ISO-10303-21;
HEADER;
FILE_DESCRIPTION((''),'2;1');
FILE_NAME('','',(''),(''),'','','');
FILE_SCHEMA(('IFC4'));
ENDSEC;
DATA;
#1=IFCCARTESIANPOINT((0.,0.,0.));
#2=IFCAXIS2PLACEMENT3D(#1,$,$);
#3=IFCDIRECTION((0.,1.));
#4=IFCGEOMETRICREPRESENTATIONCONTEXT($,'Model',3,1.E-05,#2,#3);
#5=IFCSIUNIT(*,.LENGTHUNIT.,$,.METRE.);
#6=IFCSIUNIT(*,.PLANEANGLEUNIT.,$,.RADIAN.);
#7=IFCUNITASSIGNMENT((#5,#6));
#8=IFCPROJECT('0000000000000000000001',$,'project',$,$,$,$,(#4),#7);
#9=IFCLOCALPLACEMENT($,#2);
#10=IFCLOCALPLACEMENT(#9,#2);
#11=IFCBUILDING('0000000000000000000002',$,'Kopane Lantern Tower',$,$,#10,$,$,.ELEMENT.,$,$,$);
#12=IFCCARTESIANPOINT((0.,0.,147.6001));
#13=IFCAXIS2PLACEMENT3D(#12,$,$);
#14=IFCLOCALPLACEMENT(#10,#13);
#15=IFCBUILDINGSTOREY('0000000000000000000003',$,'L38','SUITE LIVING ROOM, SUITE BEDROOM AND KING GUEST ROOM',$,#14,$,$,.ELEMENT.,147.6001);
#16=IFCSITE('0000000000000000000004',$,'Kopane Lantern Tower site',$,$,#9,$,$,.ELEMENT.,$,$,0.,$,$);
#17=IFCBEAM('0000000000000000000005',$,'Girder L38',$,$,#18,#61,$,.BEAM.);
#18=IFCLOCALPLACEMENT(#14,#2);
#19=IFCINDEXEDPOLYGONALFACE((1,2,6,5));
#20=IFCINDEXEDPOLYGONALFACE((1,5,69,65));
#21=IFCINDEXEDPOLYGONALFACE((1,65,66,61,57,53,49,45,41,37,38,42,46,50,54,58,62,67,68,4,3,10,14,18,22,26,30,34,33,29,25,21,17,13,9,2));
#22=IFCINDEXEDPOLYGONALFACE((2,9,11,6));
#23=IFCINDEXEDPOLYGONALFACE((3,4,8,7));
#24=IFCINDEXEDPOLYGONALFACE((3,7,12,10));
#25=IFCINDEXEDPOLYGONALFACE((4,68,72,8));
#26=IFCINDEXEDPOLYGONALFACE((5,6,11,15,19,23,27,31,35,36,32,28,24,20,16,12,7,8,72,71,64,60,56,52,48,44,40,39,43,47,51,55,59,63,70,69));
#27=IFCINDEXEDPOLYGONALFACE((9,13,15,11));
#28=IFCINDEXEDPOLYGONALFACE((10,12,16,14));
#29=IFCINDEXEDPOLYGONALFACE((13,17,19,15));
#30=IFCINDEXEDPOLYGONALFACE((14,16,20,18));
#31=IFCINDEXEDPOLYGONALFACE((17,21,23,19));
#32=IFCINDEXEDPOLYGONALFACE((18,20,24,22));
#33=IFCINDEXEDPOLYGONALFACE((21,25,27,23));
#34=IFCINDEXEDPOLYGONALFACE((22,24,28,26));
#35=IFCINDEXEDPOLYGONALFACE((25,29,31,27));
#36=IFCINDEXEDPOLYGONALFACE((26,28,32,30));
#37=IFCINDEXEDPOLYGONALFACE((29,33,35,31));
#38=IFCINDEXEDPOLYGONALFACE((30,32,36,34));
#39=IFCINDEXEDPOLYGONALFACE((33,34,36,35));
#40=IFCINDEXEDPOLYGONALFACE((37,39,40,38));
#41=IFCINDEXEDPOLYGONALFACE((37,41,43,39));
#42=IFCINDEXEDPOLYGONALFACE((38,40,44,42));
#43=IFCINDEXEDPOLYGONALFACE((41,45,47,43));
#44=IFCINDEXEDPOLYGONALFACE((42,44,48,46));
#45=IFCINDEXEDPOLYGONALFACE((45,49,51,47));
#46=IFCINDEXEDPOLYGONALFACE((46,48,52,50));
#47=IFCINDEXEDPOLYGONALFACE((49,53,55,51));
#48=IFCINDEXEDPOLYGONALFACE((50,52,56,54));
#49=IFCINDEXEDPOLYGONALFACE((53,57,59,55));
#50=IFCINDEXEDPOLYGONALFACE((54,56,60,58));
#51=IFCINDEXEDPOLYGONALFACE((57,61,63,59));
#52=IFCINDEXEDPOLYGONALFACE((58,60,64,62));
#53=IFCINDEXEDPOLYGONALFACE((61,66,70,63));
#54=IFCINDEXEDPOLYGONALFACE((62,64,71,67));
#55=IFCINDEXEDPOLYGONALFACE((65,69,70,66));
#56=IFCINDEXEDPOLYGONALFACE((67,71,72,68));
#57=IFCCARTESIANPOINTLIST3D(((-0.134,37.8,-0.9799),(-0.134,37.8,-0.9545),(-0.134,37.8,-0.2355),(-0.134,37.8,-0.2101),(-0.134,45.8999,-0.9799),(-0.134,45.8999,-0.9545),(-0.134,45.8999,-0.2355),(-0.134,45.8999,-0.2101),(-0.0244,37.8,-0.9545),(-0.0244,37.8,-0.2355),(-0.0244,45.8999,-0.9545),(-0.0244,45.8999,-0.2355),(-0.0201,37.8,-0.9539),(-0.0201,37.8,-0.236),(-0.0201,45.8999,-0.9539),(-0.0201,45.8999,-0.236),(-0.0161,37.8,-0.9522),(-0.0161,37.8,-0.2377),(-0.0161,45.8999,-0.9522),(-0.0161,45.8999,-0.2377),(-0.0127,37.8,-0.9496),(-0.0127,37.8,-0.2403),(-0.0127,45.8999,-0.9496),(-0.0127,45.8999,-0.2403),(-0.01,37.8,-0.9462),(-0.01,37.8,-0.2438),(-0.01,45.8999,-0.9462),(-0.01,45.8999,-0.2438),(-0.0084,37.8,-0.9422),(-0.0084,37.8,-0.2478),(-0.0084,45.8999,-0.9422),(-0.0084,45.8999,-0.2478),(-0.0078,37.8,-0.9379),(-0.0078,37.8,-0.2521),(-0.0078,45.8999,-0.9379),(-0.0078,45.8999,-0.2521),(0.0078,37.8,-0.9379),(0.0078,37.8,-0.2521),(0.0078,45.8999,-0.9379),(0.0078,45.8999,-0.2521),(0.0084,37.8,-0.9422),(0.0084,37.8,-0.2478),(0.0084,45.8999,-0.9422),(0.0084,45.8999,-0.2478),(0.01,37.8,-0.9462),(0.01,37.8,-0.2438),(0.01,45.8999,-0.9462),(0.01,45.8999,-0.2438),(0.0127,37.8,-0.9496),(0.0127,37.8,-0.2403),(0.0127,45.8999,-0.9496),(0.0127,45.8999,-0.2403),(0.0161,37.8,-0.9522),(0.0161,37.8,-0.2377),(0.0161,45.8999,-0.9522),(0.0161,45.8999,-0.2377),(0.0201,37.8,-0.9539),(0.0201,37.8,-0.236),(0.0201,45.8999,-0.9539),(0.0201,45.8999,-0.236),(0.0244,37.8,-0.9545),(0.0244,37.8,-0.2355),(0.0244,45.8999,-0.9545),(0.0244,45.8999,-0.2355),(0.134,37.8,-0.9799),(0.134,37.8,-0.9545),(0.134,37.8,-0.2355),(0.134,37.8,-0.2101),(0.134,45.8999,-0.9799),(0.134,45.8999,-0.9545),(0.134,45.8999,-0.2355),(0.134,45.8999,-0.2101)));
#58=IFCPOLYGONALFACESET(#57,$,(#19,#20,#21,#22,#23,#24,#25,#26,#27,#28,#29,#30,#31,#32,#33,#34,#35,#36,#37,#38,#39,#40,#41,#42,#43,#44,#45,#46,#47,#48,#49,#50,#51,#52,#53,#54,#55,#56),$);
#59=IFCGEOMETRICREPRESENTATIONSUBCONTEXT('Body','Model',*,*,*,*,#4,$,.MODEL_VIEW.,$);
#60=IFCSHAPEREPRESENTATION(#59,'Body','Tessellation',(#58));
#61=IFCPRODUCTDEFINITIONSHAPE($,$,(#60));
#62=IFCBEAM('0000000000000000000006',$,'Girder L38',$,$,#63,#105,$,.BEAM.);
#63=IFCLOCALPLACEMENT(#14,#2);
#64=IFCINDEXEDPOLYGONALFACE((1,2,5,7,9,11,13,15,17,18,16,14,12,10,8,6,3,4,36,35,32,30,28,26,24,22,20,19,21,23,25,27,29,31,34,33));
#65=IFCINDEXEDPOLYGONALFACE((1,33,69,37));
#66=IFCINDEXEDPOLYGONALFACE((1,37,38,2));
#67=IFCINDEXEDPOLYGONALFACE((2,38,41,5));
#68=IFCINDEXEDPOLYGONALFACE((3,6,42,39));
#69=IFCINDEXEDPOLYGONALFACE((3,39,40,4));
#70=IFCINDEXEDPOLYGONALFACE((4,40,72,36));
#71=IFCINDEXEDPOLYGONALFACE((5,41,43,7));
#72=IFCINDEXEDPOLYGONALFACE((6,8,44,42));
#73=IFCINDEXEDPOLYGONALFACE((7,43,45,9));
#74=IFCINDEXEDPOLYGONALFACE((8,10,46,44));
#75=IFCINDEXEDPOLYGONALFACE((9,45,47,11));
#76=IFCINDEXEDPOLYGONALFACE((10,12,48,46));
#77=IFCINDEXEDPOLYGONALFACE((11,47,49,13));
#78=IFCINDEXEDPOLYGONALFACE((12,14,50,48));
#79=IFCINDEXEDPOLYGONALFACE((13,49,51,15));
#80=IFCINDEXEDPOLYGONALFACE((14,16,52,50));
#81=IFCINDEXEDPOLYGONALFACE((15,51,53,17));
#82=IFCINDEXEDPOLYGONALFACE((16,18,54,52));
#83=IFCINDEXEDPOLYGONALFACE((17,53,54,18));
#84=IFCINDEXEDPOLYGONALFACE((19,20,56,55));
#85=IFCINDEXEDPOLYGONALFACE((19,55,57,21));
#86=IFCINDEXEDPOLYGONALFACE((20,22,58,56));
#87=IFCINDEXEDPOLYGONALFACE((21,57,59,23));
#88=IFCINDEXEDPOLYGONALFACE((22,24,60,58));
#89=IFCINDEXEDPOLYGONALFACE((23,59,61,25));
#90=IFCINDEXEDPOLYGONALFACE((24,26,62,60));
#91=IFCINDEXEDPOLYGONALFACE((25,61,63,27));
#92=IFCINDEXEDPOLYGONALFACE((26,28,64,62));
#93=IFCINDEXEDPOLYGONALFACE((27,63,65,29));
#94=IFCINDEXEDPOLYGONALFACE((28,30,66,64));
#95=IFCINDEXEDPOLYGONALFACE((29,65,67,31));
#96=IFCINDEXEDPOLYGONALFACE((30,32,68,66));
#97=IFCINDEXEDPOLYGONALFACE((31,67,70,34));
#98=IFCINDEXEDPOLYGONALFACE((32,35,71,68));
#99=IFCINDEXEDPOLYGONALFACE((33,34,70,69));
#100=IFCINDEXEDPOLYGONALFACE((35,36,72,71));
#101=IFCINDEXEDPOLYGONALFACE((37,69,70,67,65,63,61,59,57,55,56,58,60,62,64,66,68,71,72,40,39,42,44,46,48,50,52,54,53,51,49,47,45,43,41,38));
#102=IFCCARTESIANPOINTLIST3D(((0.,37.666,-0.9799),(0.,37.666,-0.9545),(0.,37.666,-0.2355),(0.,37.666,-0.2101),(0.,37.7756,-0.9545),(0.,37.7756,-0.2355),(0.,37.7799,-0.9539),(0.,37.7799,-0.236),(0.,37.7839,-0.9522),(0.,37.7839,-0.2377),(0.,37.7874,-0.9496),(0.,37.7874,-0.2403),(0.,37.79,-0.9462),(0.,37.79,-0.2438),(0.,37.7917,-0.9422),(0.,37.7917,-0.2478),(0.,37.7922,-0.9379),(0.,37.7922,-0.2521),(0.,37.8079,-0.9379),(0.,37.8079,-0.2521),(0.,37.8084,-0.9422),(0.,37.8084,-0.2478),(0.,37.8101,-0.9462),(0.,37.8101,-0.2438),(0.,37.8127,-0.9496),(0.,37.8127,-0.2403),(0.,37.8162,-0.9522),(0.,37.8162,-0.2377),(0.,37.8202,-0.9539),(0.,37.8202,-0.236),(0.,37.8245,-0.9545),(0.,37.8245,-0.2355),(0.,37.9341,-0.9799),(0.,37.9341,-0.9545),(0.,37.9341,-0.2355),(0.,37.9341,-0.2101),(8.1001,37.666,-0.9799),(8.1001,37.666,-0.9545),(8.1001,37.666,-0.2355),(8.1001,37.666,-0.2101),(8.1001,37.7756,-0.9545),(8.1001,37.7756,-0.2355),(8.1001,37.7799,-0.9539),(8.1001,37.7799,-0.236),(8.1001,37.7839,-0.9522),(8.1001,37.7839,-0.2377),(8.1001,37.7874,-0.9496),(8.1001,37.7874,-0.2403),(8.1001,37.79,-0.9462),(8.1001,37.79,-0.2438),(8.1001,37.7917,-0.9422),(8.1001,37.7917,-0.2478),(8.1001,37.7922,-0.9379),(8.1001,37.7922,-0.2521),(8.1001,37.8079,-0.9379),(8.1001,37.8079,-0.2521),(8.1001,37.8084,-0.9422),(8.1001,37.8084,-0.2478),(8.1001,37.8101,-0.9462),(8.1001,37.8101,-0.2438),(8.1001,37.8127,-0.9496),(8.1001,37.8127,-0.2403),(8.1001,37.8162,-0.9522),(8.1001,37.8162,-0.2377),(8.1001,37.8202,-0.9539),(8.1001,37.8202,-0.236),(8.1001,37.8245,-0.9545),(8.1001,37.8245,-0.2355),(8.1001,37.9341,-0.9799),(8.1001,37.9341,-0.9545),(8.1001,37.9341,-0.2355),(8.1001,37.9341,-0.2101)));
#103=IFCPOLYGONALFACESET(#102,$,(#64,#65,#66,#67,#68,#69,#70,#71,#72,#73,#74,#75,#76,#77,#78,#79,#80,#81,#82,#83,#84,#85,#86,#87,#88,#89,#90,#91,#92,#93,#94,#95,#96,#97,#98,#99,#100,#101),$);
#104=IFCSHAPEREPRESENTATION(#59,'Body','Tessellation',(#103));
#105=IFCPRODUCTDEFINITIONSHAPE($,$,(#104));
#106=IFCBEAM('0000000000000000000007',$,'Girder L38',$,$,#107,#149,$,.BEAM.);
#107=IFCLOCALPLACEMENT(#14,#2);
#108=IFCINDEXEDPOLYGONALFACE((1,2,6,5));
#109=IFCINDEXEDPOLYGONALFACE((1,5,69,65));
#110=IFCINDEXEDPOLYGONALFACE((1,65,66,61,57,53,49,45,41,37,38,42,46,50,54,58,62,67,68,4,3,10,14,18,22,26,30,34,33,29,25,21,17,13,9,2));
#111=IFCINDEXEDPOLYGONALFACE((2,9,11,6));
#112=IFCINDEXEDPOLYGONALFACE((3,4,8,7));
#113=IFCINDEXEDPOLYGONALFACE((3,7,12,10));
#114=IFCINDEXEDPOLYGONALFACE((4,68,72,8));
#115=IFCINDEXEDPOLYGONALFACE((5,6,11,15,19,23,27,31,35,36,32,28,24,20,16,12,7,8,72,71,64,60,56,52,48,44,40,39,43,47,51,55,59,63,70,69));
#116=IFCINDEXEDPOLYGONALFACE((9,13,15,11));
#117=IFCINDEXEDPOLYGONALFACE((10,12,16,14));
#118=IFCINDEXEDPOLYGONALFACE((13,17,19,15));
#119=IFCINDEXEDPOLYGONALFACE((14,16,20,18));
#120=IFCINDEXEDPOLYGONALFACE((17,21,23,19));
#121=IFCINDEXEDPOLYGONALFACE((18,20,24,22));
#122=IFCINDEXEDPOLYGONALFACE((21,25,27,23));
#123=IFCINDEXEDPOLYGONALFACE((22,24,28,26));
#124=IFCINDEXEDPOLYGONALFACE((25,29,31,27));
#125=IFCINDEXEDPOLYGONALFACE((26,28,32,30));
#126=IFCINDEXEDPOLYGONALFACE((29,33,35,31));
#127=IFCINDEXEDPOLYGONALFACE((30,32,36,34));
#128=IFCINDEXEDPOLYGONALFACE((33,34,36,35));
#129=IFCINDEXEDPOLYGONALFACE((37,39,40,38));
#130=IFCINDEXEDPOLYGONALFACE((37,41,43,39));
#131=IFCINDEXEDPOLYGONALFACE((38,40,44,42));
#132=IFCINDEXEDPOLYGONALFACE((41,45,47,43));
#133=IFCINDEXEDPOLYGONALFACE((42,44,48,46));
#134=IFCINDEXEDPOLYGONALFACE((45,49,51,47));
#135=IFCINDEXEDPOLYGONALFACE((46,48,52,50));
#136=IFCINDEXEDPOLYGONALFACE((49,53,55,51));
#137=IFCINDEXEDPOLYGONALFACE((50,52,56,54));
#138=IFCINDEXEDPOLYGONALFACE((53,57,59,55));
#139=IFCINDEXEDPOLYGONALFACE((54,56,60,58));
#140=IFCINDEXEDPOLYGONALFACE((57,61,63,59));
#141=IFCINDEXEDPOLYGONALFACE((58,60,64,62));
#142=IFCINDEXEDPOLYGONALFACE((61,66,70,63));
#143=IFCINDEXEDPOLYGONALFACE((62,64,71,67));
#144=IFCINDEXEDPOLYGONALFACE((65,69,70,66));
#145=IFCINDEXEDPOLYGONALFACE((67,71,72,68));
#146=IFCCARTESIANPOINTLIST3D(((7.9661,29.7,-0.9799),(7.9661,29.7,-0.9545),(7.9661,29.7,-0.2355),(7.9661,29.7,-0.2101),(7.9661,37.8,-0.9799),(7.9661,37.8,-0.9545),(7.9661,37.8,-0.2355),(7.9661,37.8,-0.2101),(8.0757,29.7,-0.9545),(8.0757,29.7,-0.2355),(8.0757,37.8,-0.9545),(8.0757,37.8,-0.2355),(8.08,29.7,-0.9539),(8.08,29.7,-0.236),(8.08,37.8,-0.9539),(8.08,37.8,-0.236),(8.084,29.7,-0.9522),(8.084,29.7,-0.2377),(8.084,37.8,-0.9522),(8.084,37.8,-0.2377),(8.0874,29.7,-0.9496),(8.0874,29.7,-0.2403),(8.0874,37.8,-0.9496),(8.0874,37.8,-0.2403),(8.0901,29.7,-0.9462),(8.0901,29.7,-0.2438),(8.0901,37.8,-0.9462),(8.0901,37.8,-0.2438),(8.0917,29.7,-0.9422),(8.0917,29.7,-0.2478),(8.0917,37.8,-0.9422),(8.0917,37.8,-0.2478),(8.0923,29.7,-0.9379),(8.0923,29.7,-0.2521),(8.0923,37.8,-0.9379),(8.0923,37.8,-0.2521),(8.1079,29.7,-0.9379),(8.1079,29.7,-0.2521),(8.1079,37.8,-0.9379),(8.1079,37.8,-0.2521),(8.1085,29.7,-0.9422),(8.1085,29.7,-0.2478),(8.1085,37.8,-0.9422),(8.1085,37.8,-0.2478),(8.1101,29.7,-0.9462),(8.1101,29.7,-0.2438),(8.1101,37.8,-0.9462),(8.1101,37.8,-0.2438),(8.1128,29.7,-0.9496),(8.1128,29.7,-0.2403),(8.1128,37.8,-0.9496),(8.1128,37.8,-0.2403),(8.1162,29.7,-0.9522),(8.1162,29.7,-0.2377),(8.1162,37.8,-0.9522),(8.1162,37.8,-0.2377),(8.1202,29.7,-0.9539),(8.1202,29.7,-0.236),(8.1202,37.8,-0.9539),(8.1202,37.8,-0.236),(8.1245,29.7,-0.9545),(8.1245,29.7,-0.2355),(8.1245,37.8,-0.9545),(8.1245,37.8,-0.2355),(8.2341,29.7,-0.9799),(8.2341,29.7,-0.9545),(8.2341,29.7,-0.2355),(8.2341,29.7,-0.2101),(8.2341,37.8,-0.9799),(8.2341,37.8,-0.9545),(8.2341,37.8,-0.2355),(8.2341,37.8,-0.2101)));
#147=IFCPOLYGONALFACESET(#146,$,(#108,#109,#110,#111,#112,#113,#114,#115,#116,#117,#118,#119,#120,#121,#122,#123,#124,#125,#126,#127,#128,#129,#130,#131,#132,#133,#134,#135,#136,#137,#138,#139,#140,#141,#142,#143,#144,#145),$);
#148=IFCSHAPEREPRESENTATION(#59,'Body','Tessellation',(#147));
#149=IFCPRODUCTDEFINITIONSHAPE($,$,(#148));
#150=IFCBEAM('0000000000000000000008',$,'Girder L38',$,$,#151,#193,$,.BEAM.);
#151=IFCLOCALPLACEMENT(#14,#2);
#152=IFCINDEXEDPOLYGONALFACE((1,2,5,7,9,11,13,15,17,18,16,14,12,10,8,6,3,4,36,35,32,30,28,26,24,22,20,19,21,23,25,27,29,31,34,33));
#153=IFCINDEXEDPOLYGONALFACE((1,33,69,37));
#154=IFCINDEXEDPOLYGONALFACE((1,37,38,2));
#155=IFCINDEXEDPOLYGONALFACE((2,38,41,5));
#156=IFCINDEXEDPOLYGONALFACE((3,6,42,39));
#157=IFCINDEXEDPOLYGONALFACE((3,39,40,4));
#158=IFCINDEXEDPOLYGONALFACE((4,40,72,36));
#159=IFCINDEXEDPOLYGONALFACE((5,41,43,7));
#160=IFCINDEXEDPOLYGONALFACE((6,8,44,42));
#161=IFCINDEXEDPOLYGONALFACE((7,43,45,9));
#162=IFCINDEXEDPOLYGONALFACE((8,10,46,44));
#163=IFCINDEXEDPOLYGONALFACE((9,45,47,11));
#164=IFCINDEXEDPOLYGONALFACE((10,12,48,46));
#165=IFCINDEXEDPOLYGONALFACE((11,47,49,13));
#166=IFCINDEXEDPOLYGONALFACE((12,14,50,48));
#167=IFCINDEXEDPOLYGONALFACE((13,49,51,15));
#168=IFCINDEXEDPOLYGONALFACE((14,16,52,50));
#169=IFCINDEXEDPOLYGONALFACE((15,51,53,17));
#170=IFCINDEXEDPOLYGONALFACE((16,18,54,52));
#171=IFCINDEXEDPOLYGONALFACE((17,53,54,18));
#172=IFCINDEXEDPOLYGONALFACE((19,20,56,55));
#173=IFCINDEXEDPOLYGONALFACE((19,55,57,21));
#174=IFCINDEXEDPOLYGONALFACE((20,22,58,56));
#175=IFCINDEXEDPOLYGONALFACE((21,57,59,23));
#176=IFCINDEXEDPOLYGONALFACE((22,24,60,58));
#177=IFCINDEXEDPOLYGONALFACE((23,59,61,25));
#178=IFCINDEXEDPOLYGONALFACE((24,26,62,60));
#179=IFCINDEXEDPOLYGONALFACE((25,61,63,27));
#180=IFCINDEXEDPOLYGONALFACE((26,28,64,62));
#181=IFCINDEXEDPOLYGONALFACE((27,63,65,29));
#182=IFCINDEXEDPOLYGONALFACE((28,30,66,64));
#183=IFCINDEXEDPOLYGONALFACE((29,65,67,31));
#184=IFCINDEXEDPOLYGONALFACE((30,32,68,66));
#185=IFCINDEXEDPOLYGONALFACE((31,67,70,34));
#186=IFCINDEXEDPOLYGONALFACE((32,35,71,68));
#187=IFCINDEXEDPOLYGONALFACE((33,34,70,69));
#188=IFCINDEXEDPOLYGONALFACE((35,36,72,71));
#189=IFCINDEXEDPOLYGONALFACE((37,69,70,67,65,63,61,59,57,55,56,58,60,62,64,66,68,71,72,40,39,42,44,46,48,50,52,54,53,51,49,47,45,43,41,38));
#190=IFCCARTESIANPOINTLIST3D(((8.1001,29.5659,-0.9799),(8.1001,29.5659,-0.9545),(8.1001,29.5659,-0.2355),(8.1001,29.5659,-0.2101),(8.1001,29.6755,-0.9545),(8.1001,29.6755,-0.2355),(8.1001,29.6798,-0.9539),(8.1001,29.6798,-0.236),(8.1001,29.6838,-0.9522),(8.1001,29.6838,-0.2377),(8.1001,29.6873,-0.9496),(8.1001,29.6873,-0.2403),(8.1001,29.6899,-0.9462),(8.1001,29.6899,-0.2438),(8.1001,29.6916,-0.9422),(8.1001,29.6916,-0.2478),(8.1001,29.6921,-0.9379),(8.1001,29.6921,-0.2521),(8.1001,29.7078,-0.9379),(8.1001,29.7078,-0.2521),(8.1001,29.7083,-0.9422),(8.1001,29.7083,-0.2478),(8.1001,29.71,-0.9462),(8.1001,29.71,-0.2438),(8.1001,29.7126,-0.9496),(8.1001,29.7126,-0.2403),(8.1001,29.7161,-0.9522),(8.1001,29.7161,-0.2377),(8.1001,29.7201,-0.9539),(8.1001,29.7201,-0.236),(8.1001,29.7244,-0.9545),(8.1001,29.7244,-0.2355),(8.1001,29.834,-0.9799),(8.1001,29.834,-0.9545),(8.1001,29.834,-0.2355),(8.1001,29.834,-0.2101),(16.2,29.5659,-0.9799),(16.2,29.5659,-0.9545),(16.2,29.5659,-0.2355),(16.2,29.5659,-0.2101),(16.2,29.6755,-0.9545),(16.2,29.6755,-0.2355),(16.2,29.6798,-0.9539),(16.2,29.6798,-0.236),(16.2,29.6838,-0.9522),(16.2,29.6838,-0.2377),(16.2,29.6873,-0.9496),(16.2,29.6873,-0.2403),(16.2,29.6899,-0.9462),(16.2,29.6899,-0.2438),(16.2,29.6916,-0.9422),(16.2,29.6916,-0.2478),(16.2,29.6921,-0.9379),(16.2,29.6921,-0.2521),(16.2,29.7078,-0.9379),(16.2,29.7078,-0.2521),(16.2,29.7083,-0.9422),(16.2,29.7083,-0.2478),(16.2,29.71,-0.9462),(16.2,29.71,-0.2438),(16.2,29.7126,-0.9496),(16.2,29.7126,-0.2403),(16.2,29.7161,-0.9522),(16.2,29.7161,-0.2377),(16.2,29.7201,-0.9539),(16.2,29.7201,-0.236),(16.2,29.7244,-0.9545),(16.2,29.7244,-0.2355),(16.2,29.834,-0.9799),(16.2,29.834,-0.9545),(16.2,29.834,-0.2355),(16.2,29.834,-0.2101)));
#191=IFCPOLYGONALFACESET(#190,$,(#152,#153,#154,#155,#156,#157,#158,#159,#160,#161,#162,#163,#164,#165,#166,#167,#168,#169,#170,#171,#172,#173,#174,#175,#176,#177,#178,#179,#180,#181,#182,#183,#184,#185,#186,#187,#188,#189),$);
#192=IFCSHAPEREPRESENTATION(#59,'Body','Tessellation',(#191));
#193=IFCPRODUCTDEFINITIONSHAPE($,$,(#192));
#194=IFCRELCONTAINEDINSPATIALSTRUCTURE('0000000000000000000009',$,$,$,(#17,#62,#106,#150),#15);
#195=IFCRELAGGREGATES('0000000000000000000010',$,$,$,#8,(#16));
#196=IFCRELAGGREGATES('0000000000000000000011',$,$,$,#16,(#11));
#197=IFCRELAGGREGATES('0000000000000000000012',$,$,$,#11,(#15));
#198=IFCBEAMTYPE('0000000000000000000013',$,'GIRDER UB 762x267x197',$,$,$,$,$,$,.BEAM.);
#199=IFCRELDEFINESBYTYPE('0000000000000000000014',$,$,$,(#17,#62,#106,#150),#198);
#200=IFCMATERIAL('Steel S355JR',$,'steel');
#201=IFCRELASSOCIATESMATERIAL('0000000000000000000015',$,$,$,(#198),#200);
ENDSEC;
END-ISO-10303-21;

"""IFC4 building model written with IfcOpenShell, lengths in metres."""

from ifc_helpers import new_model, si_unit, direction, frame, origin, origin_2d, place, context, subcontext, project, spatial, i_section, extrude, material, material_profile, profile_set, type_object, element, save


model = new_model("IFC4")

# Units and contexts
model_context = context("Model", 3, precision=1e-05, world=origin(), true_north=direction((0.0, 1.0)))
body_context = subcontext(model_context, "Body", "Model", "MODEL_VIEW")
ifc_project = project(units=[si_unit("LENGTHUNIT", "METRE"), si_unit("PLANEANGLEUNIT", "RADIAN")], contexts=[model_context])

# Site, building, storey
site_placement = place(None, origin())
site = spatial("IfcSite", under=ifc_project, at=site_placement, Name="Kopane Lantern Tower site", CompositionType="ELEMENT", RefElevation=0.0)
building_placement = place(site_placement, origin())
building = spatial("IfcBuilding", under=site, at=building_placement, Name="Kopane Lantern Tower", CompositionType="ELEMENT")
storey_placement = place(building_placement, frame((0.0, 0.0, 147.6001)))
storey = spatial("IfcBuildingStorey", under=building, at=storey_placement, Name="L38", Description="SUITE LIVING ROOM, SUITE BEDROOM AND KING GUEST ROOM", CompositionType="ELEMENT", Elevation=147.6001)

# Beams
ifc_material_1 = material(Name="Steel S355JR", Category="steel")
ifc_material_profile_1 = material_profile(ifc_material_1, i_section(OverallWidth=0.2681, OverallDepth=0.7698, WebThickness=0.0156, FlangeThickness=0.0254, FilletRadius=0.0166, at=origin_2d()), Name="UB 762x267x197")
ifc_profile_set_1 = profile_set([ifc_material_profile_1], Name="Steel S355JR")
beam_type = type_object("IfcBeamType", Name="GIRDER UB 762x267x197", PredefinedType="BEAM", material=ifc_profile_set_1)
beam_placement = place(storey_placement, frame((0.0, 37.8, -0.595), z_axis=(0.0, 1.0, 0.0), x_axis=(-1.0, 0.0, 0.0)))
element("IfcBeam", 1, at=beam_placement, inside=storey, type_object=beam_type, Name="Girder L38", PredefinedType="BEAM", context=body_context, shape_type="SweptSolid", body=[
    extrude(i_section(OverallWidth=0.2681, OverallDepth=0.7698, WebThickness=0.0156, FlangeThickness=0.0254, FilletRadius=0.0166, at=origin_2d()), origin(), (0.0, 0.0, 1.0), 8.0999),
])
for number, where, z_axis, x_axis, name in (
    (2, (0.0, 37.8, -0.595), (1.0, 0.0, 0.0), (0.0, 1.0, 0.0), "Girder L38"),
    (3, (8.1001, 29.7, -0.595), (0.0, 1.0, 0.0), (-1.0, 0.0, 0.0), "Girder L38"),
):
    element("IfcBeam", number, at=place(storey_placement, frame(where, z_axis=z_axis, x_axis=x_axis)), inside=storey, type_object=beam_type, Name=name, PredefinedType="BEAM", context=body_context, shape_type="SweptSolid", body=[
        extrude(i_section(OverallWidth=0.2681, OverallDepth=0.7698, WebThickness=0.0156, FlangeThickness=0.0254, FilletRadius=0.0166, at=origin_2d()), origin(), (0.0, 0.0, 1.0), 8.1001),
    ])
for number, where, z_axis, x_axis, name in (
    (4, (8.1001, 29.7, -0.595), (1.0, 0.0, 0.0), (0.0, 1.0, 0.0), "Girder L38"),
):
    element("IfcBeam", number, at=place(storey_placement, frame(where, z_axis=z_axis, x_axis=x_axis)), inside=storey, type_object=beam_type, Name=name, PredefinedType="BEAM", context=body_context, shape_type="SweptSolid", body=[
        extrude(i_section(OverallWidth=0.2681, OverallDepth=0.7698, WebThickness=0.0156, FlangeThickness=0.0254, FilletRadius=0.0166, at=origin_2d()), origin(), (0.0, 0.0, 1.0), 8.0999),
    ])

save(model, "model.ifc")
